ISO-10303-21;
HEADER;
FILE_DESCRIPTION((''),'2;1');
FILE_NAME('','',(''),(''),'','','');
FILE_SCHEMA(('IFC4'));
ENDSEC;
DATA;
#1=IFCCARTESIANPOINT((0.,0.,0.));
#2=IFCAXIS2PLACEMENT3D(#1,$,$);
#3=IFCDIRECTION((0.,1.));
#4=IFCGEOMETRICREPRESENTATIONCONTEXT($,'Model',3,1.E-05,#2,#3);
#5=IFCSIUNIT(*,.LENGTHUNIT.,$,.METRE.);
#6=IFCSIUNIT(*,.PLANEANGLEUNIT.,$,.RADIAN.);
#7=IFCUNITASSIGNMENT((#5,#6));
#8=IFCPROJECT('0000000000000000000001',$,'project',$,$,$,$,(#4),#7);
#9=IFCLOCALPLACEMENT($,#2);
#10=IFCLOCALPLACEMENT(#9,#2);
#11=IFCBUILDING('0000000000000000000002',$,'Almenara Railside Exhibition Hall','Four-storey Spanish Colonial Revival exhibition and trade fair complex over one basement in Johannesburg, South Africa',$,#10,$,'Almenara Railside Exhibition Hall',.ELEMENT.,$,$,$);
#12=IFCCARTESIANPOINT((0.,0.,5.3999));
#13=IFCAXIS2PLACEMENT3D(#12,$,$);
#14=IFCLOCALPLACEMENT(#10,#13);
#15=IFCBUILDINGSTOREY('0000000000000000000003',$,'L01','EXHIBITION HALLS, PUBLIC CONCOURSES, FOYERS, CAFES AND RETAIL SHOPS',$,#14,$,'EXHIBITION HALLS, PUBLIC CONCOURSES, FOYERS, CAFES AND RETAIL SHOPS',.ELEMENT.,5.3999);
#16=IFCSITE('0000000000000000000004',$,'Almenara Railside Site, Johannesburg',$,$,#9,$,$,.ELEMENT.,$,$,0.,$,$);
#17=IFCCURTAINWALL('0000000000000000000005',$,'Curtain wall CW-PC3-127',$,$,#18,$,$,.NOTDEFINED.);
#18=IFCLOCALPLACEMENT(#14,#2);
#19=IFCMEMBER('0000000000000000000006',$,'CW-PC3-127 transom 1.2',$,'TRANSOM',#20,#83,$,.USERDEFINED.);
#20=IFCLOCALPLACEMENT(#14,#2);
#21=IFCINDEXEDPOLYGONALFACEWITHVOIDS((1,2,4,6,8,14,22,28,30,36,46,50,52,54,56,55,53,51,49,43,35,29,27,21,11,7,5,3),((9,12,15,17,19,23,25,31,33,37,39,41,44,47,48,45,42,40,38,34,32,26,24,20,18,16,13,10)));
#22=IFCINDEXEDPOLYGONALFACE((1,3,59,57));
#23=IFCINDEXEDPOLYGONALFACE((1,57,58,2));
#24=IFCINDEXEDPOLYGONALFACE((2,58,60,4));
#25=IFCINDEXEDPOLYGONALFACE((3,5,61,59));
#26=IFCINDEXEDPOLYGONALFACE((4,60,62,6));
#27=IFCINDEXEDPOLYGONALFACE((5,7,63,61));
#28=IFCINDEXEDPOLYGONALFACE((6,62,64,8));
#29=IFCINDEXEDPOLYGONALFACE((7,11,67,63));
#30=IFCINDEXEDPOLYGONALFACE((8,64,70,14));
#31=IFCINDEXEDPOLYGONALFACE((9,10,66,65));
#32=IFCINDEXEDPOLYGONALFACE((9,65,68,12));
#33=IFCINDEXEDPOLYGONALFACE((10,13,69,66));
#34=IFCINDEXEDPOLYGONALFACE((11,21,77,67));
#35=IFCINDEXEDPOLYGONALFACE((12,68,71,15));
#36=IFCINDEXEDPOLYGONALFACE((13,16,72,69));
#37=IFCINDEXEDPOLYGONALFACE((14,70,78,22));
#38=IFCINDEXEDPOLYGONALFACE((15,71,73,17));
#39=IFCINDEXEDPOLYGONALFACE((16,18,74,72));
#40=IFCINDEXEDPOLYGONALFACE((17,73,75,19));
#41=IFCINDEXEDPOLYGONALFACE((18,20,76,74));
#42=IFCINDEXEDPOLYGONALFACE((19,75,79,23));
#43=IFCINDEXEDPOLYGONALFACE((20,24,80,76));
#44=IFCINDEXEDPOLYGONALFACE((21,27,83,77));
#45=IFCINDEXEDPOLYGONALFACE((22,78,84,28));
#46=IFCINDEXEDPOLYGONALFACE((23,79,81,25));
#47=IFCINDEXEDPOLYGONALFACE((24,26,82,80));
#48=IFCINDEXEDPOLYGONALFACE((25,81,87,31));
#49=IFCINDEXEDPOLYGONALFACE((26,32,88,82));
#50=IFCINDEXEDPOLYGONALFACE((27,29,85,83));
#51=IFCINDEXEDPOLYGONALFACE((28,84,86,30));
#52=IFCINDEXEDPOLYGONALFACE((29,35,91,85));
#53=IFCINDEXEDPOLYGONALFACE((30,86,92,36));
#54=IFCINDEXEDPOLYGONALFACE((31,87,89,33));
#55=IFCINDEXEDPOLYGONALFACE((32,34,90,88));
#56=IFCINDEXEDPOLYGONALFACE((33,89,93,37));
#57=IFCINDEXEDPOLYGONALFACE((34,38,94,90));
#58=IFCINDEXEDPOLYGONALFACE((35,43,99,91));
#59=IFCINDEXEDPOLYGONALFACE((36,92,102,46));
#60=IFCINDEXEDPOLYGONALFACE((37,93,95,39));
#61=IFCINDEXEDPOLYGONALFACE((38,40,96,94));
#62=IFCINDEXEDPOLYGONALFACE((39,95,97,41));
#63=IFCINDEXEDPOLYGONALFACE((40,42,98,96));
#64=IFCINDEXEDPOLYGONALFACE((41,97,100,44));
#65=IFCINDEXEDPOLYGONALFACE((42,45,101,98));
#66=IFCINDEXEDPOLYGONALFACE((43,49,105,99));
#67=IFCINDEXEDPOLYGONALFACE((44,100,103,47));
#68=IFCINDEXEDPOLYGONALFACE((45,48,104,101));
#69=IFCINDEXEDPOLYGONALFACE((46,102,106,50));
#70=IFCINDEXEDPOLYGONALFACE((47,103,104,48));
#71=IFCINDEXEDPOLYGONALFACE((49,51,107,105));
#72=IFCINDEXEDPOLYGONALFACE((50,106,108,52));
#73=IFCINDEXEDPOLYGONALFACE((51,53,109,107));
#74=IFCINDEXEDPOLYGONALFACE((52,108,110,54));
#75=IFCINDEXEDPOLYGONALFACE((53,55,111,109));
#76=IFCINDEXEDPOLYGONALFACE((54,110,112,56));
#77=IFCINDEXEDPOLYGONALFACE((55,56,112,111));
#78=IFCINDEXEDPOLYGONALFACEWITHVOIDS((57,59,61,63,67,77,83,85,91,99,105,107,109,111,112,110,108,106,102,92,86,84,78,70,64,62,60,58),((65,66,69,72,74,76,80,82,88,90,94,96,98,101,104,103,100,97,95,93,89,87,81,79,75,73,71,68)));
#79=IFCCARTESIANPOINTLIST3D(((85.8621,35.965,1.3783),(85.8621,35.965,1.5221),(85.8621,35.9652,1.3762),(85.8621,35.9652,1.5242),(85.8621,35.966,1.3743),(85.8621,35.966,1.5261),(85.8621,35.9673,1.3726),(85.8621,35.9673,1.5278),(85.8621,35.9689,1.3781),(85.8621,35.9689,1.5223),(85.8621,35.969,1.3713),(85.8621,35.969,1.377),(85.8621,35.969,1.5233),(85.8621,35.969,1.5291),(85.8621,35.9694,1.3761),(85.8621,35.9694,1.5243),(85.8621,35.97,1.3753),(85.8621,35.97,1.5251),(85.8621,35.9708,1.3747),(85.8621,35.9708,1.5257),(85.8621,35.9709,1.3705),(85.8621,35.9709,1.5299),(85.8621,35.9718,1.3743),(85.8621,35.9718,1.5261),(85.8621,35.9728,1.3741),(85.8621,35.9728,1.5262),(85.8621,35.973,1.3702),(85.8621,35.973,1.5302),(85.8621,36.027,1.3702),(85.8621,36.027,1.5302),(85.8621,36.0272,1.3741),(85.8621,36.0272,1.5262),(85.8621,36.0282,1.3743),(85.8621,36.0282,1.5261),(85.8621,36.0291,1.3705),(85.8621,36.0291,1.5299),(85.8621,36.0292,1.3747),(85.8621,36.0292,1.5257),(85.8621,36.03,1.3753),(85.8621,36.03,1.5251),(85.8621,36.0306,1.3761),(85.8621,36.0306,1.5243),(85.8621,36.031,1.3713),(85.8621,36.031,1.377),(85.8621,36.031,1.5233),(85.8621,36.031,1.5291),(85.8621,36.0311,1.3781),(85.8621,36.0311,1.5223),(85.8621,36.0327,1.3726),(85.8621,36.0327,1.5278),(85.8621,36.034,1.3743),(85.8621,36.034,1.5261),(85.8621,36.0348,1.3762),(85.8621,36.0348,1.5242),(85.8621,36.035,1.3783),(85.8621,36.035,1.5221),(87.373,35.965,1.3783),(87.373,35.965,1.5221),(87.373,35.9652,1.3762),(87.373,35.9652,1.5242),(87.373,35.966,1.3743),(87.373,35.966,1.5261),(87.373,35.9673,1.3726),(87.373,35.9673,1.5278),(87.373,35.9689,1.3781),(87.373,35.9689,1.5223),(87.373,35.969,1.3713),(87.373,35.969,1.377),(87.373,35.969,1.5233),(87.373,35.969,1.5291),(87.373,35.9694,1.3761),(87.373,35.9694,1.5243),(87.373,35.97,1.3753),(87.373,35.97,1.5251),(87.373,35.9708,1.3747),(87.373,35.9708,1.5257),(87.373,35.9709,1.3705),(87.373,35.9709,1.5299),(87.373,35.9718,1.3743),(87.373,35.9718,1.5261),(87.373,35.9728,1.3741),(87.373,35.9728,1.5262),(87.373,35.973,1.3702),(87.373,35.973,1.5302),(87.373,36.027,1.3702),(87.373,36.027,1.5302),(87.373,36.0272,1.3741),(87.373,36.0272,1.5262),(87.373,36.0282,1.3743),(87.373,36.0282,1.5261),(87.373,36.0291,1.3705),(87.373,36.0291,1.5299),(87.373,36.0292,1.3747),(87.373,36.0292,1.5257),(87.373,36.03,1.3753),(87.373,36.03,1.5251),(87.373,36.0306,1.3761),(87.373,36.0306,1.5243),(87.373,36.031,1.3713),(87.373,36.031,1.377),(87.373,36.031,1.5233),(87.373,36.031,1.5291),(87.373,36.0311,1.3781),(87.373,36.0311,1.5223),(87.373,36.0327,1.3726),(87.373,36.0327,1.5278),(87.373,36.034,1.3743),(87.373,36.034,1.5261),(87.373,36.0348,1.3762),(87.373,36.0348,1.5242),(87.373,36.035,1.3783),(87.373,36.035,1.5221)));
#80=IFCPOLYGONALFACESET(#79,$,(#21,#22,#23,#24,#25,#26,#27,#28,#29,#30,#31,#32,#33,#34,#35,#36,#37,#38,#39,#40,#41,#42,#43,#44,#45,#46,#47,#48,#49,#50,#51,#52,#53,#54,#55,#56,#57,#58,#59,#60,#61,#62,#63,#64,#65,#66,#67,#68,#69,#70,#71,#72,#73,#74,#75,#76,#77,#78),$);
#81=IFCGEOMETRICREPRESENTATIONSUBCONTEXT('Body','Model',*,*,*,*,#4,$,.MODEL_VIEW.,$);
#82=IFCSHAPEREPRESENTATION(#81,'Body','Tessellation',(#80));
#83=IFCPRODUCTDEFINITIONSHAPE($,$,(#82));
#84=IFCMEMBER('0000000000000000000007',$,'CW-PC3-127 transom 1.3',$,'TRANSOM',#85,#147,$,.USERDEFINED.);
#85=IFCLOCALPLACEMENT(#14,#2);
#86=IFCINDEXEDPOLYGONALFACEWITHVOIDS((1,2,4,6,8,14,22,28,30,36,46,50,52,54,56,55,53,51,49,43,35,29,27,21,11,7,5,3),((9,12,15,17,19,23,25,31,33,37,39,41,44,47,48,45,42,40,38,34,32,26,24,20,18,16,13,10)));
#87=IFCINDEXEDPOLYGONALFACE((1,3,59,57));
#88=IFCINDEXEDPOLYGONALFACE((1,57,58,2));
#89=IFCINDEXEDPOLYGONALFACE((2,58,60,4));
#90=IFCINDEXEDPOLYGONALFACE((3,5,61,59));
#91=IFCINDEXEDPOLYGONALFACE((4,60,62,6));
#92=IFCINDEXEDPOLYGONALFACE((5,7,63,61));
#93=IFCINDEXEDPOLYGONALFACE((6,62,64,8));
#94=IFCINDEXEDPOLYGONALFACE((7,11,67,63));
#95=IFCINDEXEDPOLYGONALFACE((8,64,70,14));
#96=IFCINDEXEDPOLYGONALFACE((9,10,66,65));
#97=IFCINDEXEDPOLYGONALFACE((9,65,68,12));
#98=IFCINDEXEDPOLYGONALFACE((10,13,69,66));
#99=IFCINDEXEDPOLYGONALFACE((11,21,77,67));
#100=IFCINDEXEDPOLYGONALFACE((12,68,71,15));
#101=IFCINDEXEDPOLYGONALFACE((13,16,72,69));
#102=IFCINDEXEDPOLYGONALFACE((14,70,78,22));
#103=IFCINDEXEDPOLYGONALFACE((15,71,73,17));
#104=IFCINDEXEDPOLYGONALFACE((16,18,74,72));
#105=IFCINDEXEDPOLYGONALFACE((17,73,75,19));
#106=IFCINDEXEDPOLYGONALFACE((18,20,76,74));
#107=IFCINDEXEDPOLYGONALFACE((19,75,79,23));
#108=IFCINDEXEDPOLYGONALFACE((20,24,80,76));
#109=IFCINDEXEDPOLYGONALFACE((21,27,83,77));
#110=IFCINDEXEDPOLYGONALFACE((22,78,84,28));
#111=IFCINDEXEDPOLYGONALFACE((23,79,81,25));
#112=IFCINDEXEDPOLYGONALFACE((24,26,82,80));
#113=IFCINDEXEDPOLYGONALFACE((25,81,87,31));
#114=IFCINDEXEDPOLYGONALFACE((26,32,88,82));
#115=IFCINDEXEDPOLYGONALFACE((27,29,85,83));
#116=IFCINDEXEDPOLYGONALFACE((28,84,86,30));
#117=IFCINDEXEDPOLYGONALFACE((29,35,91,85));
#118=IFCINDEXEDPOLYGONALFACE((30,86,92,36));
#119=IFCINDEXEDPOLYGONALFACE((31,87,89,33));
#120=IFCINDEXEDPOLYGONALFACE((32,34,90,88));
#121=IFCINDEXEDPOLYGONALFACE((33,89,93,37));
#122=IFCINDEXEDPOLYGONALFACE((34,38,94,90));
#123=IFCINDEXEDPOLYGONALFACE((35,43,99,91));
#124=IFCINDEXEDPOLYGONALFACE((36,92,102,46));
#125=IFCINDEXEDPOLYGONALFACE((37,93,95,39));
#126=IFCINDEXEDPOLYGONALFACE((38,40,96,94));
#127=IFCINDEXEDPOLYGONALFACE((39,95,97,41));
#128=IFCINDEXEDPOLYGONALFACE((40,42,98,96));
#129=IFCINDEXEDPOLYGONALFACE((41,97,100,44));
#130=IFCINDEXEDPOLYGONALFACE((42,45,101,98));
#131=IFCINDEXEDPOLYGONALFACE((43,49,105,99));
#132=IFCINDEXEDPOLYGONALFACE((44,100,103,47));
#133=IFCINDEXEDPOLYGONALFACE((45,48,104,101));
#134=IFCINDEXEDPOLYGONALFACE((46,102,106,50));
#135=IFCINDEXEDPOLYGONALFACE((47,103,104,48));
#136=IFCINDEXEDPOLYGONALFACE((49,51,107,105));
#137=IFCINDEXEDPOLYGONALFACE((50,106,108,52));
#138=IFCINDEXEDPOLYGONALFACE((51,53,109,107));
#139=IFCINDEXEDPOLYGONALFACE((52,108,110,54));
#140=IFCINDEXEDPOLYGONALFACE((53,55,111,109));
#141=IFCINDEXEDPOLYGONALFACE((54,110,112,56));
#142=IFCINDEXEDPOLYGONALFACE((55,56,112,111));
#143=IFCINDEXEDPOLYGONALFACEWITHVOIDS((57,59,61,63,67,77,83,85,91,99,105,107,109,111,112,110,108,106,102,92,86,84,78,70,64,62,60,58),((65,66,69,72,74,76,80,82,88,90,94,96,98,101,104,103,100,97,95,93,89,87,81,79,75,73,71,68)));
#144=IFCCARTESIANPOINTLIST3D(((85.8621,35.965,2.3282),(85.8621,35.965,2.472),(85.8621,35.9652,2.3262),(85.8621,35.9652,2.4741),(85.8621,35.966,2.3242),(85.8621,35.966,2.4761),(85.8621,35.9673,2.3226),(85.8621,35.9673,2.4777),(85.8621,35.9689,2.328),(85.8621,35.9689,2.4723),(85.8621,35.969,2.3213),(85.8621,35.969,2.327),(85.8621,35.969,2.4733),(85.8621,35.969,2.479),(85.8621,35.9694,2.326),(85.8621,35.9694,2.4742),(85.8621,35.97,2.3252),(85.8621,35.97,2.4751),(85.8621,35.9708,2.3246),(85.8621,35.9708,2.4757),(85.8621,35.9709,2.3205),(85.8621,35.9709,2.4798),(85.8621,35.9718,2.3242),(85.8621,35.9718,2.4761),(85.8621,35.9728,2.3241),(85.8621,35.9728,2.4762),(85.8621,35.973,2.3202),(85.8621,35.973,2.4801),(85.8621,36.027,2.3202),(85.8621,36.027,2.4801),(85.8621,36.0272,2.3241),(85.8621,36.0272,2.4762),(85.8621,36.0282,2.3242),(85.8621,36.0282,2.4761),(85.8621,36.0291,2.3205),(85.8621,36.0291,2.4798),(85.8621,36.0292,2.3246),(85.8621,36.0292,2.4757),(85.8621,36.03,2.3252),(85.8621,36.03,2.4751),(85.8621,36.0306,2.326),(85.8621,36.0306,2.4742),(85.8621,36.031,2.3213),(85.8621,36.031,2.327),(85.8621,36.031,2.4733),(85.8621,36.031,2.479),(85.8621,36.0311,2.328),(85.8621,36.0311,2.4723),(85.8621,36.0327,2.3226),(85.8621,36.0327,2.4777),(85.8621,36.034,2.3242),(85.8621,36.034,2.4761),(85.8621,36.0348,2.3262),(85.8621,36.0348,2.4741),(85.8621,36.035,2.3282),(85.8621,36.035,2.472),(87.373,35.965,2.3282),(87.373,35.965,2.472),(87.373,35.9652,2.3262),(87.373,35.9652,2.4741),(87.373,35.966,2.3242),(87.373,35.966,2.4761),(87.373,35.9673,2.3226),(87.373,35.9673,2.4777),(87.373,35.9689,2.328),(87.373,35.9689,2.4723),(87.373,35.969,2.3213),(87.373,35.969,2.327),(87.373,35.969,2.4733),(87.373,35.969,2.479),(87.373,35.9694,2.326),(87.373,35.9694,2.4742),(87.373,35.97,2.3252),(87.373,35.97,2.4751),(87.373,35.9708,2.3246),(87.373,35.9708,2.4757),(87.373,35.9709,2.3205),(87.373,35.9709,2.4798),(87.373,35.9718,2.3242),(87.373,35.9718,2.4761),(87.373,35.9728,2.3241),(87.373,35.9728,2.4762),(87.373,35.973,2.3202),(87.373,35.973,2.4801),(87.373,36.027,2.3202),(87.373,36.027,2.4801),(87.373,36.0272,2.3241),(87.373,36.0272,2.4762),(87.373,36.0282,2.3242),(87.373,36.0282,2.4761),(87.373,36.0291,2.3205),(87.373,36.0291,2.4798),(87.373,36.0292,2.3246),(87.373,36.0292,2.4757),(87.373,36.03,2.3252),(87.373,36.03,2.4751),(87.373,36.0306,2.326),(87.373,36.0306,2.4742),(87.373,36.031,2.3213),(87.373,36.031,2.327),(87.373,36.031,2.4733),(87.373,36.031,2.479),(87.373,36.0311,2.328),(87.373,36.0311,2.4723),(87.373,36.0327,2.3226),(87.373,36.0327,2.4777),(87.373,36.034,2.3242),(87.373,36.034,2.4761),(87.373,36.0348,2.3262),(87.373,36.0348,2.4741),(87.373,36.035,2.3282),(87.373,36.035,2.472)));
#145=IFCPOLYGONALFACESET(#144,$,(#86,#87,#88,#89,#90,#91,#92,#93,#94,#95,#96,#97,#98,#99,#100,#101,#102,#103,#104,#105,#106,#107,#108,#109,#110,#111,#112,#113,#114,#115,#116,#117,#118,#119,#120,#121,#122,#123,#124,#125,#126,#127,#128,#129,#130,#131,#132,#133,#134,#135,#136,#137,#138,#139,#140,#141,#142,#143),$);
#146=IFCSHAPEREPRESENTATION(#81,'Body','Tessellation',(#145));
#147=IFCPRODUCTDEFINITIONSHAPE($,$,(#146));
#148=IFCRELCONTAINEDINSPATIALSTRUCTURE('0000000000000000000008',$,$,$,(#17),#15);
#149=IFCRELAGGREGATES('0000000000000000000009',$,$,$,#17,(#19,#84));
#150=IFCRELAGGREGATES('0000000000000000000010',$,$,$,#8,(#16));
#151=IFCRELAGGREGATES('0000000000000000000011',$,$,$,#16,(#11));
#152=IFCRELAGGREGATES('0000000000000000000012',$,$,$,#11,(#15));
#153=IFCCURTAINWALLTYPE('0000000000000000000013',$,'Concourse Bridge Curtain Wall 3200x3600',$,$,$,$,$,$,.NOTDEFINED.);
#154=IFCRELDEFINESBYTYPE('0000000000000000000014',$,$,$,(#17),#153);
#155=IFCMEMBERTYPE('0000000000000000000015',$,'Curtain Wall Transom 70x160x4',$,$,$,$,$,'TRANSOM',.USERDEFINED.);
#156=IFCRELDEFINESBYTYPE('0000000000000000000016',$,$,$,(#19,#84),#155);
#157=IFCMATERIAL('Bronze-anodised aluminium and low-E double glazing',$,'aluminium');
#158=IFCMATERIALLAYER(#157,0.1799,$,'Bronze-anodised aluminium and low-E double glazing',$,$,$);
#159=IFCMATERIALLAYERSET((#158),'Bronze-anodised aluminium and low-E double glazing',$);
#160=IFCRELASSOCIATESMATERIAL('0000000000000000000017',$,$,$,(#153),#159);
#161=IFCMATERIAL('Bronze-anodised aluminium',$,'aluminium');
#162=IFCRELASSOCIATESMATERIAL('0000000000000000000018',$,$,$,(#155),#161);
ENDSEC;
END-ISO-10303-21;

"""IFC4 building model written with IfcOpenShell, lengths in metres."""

from ifc_helpers import new_model, si_unit, direction, frame, origin, origin_2d, place, context, subcontext, project, spatial, hollow_rectangle, extrude, material, layer, layer_set, material_profile, profile_set, type_object, element, aggregate, save


model = new_model("IFC4")

# Units and contexts
model_context = context("Model", 3, precision=1e-05, world=origin(), true_north=direction((0.0, 1.0)))
body_context = subcontext(model_context, "Body", "Model", "MODEL_VIEW")
ifc_project = project(units=[si_unit("LENGTHUNIT", "METRE"), si_unit("PLANEANGLEUNIT", "RADIAN")], contexts=[model_context])

# Site, building, storey
site_placement = place(None, origin())
site = spatial("IfcSite", under=ifc_project, at=site_placement, Name="Almenara Railside Site, Johannesburg", CompositionType="ELEMENT", RefElevation=0.0)
building_placement = place(site_placement, origin())
building = spatial("IfcBuilding", under=site, at=building_placement, Name="Almenara Railside Exhibition Hall", Description="Four-storey Spanish Colonial Revival exhibition and trade fair complex over one basement in Johannesburg, South Africa", LongName="Almenara Railside Exhibition Hall", CompositionType="ELEMENT")
storey_placement = place(building_placement, frame((0.0, 0.0, 5.3999)))
storey = spatial("IfcBuildingStorey", under=building, at=storey_placement, Name="L01", Description="EXHIBITION HALLS, PUBLIC CONCOURSES, FOYERS, CAFES AND RETAIL SHOPS", LongName="EXHIBITION HALLS, PUBLIC CONCOURSES, FOYERS, CAFES AND RETAIL SHOPS", CompositionType="ELEMENT", Elevation=5.3999)

# Shared definitions
ifc_material_1 = material(Name="Bronze-anodised aluminium and low-E double glazing", Category="aluminium")
ifc_layer_1 = layer(ifc_material_1, 0.1799, Name="Bronze-anodised aluminium and low-E double glazing")
ifc_layer_set_1 = layer_set([ifc_layer_1], Name="Bronze-anodised aluminium and low-E double glazing")
curtain_wall_type = type_object("IfcCurtainWallType", Name="Concourse Bridge Curtain Wall 3200x3600", PredefinedType="NOTDEFINED", material=ifc_layer_set_1)
ifc_material_2 = material(Name="Bronze-anodised aluminium", Category="aluminium")

# Curtain wall
curtain_wall_1_placement = place(storey_placement, origin())
curtain_wall_1 = element("IfcCurtainWall", 1, at=curtain_wall_1_placement, inside=storey, type_object=curtain_wall_type, Name="Curtain wall CW-PC3-127", PredefinedType="NOTDEFINED")

# Members
ifc_material_profile_1 = material_profile(ifc_material_2, hollow_rectangle(XDim=0.0701, YDim=0.1599, WallThickness=0.0039, InnerFilletRadius=0.0039, OuterFilletRadius=0.0081, at=origin_2d()), Name="ALU-TRN 70x160x4")
ifc_profile_set_1 = profile_set([ifc_material_profile_1], Name="Bronze-anodised aluminium")
member_type_1 = type_object("IfcMemberType", Name="Curtain Wall Transom 70x160x4", ElementType="TRANSOM", PredefinedType="USERDEFINED", material=ifc_profile_set_1)
member_1_placement = place(storey_placement, frame((85.8621, 36.0, 1.4502), z_axis=(1.0, 0.0, 0.0), x_axis=(0.0, 1.0, 0.0)))
member_1 = element("IfcMember", 2, at=member_1_placement, type_object=member_type_1, Name="CW-PC3-127 transom 1.2", ObjectType="TRANSOM", PredefinedType="USERDEFINED", context=body_context, shape_type="SweptSolid", body=[
    extrude(hollow_rectangle(XDim=0.0701, YDim=0.1599, WallThickness=0.0039, InnerFilletRadius=0.0039, OuterFilletRadius=0.0081, at=origin_2d()), origin(), (0.0, 0.0, 1.0), 1.511),
])
member_2_placement = place(storey_placement, frame((85.8621, 36.0, 2.4001), z_axis=(1.0, 0.0, 0.0), x_axis=(0.0, 1.0, 0.0)))
member_2 = element("IfcMember", 3, at=member_2_placement, type_object=member_type_1, Name="CW-PC3-127 transom 1.3", ObjectType="TRANSOM", PredefinedType="USERDEFINED", context=body_context, shape_type="SweptSolid", body=[
    extrude(hollow_rectangle(XDim=0.0701, YDim=0.1599, WallThickness=0.0039, InnerFilletRadius=0.0039, OuterFilletRadius=0.0081, at=origin_2d()), origin(), (0.0, 0.0, 1.0), 1.511),
])
aggregate(curtain_wall_1, [member_1, member_2])

save(model, "model.ifc")
